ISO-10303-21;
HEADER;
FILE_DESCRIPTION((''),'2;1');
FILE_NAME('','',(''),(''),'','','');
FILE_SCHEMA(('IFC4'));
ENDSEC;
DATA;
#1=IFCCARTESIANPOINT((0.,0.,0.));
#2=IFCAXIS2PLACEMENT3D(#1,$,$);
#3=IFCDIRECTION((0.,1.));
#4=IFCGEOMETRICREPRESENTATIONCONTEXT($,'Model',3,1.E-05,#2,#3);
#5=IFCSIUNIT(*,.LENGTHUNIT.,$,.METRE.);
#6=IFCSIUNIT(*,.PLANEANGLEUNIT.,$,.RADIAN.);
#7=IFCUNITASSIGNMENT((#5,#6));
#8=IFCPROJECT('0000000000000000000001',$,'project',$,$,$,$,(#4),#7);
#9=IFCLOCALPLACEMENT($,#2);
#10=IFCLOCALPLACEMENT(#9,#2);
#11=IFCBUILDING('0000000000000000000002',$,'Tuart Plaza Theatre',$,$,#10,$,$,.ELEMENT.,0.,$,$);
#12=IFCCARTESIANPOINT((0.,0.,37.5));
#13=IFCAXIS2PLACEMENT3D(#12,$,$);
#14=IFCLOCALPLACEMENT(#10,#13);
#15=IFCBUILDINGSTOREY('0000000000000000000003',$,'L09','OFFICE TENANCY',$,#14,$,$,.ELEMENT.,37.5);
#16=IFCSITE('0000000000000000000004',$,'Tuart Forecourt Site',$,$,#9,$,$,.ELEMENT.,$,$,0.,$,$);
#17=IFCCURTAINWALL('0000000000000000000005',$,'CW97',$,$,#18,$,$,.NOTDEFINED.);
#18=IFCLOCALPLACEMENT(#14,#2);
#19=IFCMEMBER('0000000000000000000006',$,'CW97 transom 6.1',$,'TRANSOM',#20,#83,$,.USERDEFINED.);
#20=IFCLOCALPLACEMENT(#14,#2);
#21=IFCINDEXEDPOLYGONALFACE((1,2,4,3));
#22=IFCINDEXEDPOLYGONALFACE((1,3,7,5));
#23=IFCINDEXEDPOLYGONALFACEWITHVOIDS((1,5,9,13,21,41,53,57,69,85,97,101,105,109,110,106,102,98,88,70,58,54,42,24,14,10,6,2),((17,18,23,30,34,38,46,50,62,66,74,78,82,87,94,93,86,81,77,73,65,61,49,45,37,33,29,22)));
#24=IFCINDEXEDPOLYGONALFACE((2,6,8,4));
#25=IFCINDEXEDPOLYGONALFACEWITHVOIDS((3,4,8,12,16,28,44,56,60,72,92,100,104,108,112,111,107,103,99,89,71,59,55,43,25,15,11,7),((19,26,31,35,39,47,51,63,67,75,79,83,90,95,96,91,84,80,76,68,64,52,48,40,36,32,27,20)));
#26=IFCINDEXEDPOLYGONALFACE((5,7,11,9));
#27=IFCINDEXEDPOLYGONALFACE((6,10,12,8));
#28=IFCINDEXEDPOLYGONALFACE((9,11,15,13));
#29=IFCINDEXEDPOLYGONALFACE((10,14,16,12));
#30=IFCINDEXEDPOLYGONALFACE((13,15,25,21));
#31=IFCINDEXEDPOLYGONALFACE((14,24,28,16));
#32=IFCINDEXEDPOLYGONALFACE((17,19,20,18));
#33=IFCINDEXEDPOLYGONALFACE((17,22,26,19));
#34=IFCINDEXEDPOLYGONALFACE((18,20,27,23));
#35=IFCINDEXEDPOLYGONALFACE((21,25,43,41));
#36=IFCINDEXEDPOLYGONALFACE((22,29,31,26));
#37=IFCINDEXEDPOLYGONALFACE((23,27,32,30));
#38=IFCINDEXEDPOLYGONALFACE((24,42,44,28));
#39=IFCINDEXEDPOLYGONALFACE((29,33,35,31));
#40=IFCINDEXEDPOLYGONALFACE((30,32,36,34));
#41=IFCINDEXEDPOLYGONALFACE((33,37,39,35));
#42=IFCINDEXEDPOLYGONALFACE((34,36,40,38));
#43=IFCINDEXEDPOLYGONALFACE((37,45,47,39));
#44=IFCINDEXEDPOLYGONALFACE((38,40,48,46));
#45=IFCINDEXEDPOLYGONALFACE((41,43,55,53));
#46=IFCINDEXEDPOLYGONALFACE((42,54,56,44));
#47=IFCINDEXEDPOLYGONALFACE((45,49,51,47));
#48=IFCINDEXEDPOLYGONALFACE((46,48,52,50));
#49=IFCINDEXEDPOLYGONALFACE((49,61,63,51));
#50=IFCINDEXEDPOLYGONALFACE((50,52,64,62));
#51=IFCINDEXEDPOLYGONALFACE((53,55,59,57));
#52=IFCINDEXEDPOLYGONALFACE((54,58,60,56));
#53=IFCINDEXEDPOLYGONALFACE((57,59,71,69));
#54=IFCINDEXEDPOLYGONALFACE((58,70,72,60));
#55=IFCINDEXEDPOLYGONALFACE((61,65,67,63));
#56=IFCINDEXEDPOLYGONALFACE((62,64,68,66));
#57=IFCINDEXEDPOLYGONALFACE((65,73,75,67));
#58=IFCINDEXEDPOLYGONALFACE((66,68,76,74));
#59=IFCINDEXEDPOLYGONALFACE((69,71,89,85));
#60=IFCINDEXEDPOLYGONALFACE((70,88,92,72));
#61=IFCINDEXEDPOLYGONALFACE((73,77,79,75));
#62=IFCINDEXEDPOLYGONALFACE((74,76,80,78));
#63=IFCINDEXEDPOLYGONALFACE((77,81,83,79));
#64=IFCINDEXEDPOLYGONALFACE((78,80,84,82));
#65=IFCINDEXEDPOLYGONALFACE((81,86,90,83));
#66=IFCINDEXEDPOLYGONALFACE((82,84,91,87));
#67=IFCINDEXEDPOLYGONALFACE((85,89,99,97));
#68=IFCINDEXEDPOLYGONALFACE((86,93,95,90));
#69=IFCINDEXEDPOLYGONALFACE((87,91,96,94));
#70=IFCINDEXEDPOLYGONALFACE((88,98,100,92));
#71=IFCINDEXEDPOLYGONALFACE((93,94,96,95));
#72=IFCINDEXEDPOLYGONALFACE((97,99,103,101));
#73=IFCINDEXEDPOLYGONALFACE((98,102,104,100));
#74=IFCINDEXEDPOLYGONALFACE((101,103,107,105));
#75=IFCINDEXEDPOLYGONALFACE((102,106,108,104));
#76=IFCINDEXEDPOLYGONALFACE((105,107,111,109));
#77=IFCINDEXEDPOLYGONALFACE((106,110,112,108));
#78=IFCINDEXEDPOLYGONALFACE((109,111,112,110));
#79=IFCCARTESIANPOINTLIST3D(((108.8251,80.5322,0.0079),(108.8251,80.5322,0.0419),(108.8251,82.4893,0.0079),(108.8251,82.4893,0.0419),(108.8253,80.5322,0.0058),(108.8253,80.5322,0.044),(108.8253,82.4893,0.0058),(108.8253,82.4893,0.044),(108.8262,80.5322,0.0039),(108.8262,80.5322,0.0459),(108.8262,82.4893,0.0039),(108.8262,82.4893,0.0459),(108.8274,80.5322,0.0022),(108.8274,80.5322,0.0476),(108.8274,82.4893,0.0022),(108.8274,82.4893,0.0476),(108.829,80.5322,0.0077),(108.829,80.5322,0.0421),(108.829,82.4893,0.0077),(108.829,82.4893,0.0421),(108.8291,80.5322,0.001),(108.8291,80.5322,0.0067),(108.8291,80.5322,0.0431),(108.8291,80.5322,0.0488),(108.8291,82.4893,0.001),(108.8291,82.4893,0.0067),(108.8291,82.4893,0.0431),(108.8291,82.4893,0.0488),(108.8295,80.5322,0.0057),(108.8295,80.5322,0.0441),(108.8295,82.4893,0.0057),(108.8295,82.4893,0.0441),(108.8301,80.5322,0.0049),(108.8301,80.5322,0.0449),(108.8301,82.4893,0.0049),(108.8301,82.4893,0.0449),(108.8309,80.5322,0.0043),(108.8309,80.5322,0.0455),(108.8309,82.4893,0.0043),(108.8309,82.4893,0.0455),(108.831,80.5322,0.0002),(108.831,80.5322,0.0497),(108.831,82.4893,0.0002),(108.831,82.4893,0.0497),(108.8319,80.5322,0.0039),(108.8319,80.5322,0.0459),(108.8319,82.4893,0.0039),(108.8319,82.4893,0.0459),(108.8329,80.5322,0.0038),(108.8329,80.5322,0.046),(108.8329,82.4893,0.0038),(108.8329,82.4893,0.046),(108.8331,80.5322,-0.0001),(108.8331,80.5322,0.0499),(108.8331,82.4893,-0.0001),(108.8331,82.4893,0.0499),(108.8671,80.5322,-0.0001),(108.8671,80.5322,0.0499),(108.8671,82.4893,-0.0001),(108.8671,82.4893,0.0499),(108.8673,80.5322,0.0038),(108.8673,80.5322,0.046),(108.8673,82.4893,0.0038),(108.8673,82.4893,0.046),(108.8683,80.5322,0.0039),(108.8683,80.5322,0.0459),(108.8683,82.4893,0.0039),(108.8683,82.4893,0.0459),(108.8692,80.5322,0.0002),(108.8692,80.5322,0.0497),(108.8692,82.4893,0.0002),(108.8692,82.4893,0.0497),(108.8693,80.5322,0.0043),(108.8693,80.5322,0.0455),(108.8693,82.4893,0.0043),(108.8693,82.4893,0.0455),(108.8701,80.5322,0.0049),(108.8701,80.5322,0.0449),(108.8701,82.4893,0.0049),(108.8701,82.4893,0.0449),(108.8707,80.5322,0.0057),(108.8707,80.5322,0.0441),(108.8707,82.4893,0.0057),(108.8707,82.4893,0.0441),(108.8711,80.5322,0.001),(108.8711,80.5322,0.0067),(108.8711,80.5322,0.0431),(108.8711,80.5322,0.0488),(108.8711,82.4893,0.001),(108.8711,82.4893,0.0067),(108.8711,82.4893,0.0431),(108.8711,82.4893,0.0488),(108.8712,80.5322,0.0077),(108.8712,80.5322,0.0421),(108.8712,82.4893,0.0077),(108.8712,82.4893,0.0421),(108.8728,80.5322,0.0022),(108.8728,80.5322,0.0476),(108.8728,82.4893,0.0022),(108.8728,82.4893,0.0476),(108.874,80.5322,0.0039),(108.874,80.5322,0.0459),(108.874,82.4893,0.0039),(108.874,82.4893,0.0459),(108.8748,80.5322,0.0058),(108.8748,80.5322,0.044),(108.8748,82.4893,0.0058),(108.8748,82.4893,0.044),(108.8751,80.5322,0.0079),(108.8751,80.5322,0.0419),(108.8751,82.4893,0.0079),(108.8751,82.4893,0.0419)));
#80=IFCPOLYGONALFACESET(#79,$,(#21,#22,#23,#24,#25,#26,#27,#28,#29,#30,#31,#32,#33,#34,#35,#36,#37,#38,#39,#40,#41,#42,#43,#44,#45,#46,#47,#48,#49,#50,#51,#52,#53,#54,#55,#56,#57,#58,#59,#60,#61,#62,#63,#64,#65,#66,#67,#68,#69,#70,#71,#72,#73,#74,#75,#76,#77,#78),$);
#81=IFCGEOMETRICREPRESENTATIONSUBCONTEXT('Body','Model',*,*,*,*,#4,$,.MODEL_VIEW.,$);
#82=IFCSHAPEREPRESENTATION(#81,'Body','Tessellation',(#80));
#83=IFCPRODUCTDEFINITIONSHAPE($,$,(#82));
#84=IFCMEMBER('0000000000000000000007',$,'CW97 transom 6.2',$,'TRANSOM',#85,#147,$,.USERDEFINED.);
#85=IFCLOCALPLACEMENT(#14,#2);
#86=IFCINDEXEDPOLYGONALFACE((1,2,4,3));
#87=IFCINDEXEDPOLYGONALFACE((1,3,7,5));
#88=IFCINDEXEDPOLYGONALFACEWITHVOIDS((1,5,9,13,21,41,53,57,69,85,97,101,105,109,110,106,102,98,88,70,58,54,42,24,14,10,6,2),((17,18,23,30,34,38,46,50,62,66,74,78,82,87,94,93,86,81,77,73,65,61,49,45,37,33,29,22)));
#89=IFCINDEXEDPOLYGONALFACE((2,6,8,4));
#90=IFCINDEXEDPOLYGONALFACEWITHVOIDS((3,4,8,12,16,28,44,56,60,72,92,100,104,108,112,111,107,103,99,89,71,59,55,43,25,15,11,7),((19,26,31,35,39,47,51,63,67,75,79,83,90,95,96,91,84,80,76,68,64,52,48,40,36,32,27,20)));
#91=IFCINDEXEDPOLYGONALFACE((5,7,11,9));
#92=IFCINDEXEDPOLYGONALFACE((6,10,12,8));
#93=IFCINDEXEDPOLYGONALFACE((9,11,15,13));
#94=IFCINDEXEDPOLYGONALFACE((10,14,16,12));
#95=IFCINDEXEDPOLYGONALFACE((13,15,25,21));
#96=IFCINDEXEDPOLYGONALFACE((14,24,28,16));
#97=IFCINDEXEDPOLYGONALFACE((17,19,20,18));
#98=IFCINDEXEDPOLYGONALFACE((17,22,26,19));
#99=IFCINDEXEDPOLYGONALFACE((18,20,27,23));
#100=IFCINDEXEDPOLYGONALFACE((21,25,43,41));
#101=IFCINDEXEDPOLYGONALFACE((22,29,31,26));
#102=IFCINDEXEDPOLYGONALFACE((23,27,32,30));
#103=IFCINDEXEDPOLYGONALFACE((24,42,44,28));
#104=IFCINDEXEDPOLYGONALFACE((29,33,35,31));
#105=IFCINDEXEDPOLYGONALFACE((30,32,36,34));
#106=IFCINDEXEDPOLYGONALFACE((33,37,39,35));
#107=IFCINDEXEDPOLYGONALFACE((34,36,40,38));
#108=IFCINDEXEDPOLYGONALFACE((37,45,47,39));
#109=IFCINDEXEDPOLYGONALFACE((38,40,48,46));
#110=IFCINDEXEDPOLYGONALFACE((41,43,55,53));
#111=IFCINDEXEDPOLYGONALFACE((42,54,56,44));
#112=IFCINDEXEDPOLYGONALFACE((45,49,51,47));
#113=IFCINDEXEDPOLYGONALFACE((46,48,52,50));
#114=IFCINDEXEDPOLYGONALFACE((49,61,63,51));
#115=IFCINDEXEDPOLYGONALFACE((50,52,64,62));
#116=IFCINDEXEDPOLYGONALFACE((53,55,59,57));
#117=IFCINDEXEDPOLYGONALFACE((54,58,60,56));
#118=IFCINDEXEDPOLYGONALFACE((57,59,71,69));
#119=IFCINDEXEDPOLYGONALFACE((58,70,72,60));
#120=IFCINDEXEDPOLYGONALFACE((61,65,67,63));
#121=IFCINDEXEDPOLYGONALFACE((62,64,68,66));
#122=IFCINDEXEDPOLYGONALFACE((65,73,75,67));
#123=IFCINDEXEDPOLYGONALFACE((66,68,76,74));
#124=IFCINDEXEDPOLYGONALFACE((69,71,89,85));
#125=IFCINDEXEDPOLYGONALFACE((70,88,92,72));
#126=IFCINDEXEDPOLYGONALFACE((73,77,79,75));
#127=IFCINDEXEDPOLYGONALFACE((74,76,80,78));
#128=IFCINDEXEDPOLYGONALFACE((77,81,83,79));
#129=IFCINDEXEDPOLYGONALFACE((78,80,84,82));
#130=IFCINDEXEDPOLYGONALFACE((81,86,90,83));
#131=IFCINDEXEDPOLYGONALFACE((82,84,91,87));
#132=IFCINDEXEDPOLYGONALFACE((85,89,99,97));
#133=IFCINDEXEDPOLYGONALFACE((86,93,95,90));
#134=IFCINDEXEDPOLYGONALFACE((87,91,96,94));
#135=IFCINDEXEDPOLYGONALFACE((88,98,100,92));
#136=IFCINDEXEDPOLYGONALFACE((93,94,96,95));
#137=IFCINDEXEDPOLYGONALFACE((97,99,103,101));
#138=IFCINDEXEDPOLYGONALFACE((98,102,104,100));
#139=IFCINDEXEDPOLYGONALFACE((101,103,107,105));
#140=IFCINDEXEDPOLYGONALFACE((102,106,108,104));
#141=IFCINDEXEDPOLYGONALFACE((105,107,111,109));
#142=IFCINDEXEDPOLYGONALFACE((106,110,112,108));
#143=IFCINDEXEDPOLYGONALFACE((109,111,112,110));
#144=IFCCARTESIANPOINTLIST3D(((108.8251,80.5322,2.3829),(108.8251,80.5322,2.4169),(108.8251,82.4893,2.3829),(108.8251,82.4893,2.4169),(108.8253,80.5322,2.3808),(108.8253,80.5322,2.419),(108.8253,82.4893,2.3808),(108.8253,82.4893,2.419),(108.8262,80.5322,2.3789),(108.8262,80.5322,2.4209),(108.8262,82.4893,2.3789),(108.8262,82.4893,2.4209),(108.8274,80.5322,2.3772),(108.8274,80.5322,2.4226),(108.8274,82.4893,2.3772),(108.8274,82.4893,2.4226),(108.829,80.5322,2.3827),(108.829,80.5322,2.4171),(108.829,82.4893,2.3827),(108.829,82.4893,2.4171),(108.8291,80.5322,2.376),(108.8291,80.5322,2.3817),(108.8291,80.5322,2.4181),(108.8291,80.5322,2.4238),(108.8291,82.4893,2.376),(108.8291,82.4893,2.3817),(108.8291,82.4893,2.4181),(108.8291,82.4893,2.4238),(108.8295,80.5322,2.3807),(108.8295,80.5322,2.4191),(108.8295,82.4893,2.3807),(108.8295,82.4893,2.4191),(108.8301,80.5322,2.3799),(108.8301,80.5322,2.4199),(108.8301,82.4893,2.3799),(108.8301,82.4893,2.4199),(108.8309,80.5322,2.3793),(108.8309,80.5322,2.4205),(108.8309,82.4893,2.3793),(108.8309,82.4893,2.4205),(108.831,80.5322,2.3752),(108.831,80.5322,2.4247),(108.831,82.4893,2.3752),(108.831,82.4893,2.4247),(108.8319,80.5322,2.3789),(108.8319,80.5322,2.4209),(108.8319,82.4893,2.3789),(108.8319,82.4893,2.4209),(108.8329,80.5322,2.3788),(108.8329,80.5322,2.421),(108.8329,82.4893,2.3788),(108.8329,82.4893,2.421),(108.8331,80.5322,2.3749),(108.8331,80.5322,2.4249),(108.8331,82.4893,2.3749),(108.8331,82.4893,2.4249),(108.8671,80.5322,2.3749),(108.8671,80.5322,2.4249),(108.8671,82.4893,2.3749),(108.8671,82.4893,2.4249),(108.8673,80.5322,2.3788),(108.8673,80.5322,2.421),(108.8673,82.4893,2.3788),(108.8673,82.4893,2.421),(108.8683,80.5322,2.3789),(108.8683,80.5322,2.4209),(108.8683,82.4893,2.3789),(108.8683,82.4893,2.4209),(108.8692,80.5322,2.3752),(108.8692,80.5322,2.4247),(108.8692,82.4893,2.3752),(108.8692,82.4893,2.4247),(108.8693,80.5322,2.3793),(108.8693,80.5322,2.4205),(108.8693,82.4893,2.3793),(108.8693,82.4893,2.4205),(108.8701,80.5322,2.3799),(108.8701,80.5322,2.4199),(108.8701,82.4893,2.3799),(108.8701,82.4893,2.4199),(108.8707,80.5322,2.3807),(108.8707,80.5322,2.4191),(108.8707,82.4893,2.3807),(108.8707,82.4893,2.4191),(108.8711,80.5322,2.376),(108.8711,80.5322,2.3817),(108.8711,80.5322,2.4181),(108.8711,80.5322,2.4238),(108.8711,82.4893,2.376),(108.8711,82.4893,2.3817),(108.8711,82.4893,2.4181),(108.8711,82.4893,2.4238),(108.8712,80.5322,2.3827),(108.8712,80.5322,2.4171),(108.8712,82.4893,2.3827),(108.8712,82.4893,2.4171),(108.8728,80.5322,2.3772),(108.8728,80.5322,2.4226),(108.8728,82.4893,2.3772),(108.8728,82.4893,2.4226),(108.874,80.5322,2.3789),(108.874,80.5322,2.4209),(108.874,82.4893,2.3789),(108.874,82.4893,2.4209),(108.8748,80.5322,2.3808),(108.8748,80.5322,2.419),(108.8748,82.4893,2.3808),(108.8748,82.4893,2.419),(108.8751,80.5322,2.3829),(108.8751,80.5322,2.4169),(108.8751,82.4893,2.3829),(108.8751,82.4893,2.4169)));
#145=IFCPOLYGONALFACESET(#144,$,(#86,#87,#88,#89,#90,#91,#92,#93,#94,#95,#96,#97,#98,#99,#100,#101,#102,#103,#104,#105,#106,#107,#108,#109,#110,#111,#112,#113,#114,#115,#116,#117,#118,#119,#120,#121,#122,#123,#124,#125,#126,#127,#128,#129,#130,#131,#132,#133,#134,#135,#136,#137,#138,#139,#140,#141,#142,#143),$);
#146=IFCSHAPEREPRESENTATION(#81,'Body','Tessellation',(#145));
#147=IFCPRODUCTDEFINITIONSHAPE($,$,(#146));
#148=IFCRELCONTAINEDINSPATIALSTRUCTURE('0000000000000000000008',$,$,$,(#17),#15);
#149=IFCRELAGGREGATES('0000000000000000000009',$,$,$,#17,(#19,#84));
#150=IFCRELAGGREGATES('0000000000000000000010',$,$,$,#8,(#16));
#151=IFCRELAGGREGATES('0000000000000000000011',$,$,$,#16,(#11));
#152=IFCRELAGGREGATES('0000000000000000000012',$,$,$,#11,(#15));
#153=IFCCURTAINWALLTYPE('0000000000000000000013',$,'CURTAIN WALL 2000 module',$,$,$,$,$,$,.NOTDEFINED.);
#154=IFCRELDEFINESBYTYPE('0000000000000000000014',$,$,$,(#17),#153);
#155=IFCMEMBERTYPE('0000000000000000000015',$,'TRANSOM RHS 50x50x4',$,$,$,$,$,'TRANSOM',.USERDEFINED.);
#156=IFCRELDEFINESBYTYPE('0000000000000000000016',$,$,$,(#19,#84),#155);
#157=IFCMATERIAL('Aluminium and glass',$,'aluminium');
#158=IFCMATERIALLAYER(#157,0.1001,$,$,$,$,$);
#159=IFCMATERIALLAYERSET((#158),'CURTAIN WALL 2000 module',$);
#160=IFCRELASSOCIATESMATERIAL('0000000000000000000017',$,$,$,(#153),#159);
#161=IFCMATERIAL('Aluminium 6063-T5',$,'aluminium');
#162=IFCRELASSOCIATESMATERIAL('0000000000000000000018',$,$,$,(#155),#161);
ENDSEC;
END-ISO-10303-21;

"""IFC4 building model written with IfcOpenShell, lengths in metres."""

from ifc_helpers import new_model, si_unit, direction, frame, origin, origin_2d, place, context, subcontext, project, spatial, hollow_rectangle, extrude, material, layer, layer_set, material_profile, profile_set, type_object, element, aggregate, save


model = new_model("IFC4")

# Units and contexts
model_context = context("Model", 3, precision=1e-05, world=origin(), true_north=direction((0.0, 1.0)))
body_context = subcontext(model_context, "Body", "Model", "MODEL_VIEW")
ifc_project = project(units=[si_unit("LENGTHUNIT", "METRE"), si_unit("PLANEANGLEUNIT", "RADIAN")], contexts=[model_context])

# Site, building, storey
site_placement = place(None, origin())
site = spatial("IfcSite", under=ifc_project, at=site_placement, Name="Tuart Forecourt Site", CompositionType="ELEMENT", RefElevation=0.0)
building_placement = place(site_placement, origin())
building = spatial("IfcBuilding", under=site, at=building_placement, Name="Tuart Plaza Theatre", CompositionType="ELEMENT", ElevationOfRefHeight=0.0)
storey_placement = place(building_placement, frame((0.0, 0.0, 37.5)))
storey = spatial("IfcBuildingStorey", under=building, at=storey_placement, Name="L09", Description="OFFICE TENANCY", CompositionType="ELEMENT", Elevation=37.5)

# Curtain wall, members
ifc_material_1 = material(Name="Aluminium and glass", Category="aluminium")
ifc_layer_1 = layer(ifc_material_1, 0.1001)
ifc_layer_set_1 = layer_set([ifc_layer_1], Name="CURTAIN WALL 2000 module")
curtain_wall_type = type_object("IfcCurtainWallType", Name="CURTAIN WALL 2000 module", PredefinedType="NOTDEFINED", material=ifc_layer_set_1)
curtain_wall_placement = place(storey_placement, origin())
curtain_wall = element("IfcCurtainWall", 1, at=curtain_wall_placement, inside=storey, type_object=curtain_wall_type, Name="CW97", PredefinedType="NOTDEFINED")
ifc_material_2 = material(Name="Aluminium 6063-T5", Category="aluminium")
ifc_material_profile_1 = material_profile(ifc_material_2, hollow_rectangle(XDim=0.05, YDim=0.05, WallThickness=0.0039, InnerFilletRadius=0.0039, OuterFilletRadius=0.0081, at=origin_2d()), Name="RHS 50x50x4")
ifc_profile_set_1 = profile_set([ifc_material_profile_1], Name="Aluminium 6063-T5")
member_type_1 = type_object("IfcMemberType", Name="TRANSOM RHS 50x50x4", ElementType="TRANSOM", PredefinedType="USERDEFINED", material=ifc_profile_set_1)
member_1_placement = place(storey_placement, frame((108.8501, 82.4893, 0.0249), z_axis=(0.0, -1.0, 0.0), x_axis=(1.0, 0.0, 0.0)))
member_1 = element("IfcMember", 2, at=member_1_placement, type_object=member_type_1, Name="CW97 transom 6.1", ObjectType="TRANSOM", PredefinedType="USERDEFINED", context=body_context, shape_type="SweptSolid", body=[
    extrude(hollow_rectangle(XDim=0.05, YDim=0.05, WallThickness=0.0039, InnerFilletRadius=0.0039, OuterFilletRadius=0.0081, at=origin_2d()), origin(), (0.0, 0.0, 1.0), 1.957),
])
member_2_placement = place(storey_placement, frame((108.8501, 82.4893, 2.3999), z_axis=(0.0, -1.0, 0.0), x_axis=(1.0, 0.0, 0.0)))
member_2 = element("IfcMember", 3, at=member_2_placement, type_object=member_type_1, Name="CW97 transom 6.2", ObjectType="TRANSOM", PredefinedType="USERDEFINED", context=body_context, shape_type="SweptSolid", body=[
    extrude(hollow_rectangle(XDim=0.05, YDim=0.05, WallThickness=0.0039, InnerFilletRadius=0.0039, OuterFilletRadius=0.0081, at=origin_2d()), origin(), (0.0, 0.0, 1.0), 1.957),
])
aggregate(curtain_wall, [member_1, member_2])

save(model, "model.ifc")
